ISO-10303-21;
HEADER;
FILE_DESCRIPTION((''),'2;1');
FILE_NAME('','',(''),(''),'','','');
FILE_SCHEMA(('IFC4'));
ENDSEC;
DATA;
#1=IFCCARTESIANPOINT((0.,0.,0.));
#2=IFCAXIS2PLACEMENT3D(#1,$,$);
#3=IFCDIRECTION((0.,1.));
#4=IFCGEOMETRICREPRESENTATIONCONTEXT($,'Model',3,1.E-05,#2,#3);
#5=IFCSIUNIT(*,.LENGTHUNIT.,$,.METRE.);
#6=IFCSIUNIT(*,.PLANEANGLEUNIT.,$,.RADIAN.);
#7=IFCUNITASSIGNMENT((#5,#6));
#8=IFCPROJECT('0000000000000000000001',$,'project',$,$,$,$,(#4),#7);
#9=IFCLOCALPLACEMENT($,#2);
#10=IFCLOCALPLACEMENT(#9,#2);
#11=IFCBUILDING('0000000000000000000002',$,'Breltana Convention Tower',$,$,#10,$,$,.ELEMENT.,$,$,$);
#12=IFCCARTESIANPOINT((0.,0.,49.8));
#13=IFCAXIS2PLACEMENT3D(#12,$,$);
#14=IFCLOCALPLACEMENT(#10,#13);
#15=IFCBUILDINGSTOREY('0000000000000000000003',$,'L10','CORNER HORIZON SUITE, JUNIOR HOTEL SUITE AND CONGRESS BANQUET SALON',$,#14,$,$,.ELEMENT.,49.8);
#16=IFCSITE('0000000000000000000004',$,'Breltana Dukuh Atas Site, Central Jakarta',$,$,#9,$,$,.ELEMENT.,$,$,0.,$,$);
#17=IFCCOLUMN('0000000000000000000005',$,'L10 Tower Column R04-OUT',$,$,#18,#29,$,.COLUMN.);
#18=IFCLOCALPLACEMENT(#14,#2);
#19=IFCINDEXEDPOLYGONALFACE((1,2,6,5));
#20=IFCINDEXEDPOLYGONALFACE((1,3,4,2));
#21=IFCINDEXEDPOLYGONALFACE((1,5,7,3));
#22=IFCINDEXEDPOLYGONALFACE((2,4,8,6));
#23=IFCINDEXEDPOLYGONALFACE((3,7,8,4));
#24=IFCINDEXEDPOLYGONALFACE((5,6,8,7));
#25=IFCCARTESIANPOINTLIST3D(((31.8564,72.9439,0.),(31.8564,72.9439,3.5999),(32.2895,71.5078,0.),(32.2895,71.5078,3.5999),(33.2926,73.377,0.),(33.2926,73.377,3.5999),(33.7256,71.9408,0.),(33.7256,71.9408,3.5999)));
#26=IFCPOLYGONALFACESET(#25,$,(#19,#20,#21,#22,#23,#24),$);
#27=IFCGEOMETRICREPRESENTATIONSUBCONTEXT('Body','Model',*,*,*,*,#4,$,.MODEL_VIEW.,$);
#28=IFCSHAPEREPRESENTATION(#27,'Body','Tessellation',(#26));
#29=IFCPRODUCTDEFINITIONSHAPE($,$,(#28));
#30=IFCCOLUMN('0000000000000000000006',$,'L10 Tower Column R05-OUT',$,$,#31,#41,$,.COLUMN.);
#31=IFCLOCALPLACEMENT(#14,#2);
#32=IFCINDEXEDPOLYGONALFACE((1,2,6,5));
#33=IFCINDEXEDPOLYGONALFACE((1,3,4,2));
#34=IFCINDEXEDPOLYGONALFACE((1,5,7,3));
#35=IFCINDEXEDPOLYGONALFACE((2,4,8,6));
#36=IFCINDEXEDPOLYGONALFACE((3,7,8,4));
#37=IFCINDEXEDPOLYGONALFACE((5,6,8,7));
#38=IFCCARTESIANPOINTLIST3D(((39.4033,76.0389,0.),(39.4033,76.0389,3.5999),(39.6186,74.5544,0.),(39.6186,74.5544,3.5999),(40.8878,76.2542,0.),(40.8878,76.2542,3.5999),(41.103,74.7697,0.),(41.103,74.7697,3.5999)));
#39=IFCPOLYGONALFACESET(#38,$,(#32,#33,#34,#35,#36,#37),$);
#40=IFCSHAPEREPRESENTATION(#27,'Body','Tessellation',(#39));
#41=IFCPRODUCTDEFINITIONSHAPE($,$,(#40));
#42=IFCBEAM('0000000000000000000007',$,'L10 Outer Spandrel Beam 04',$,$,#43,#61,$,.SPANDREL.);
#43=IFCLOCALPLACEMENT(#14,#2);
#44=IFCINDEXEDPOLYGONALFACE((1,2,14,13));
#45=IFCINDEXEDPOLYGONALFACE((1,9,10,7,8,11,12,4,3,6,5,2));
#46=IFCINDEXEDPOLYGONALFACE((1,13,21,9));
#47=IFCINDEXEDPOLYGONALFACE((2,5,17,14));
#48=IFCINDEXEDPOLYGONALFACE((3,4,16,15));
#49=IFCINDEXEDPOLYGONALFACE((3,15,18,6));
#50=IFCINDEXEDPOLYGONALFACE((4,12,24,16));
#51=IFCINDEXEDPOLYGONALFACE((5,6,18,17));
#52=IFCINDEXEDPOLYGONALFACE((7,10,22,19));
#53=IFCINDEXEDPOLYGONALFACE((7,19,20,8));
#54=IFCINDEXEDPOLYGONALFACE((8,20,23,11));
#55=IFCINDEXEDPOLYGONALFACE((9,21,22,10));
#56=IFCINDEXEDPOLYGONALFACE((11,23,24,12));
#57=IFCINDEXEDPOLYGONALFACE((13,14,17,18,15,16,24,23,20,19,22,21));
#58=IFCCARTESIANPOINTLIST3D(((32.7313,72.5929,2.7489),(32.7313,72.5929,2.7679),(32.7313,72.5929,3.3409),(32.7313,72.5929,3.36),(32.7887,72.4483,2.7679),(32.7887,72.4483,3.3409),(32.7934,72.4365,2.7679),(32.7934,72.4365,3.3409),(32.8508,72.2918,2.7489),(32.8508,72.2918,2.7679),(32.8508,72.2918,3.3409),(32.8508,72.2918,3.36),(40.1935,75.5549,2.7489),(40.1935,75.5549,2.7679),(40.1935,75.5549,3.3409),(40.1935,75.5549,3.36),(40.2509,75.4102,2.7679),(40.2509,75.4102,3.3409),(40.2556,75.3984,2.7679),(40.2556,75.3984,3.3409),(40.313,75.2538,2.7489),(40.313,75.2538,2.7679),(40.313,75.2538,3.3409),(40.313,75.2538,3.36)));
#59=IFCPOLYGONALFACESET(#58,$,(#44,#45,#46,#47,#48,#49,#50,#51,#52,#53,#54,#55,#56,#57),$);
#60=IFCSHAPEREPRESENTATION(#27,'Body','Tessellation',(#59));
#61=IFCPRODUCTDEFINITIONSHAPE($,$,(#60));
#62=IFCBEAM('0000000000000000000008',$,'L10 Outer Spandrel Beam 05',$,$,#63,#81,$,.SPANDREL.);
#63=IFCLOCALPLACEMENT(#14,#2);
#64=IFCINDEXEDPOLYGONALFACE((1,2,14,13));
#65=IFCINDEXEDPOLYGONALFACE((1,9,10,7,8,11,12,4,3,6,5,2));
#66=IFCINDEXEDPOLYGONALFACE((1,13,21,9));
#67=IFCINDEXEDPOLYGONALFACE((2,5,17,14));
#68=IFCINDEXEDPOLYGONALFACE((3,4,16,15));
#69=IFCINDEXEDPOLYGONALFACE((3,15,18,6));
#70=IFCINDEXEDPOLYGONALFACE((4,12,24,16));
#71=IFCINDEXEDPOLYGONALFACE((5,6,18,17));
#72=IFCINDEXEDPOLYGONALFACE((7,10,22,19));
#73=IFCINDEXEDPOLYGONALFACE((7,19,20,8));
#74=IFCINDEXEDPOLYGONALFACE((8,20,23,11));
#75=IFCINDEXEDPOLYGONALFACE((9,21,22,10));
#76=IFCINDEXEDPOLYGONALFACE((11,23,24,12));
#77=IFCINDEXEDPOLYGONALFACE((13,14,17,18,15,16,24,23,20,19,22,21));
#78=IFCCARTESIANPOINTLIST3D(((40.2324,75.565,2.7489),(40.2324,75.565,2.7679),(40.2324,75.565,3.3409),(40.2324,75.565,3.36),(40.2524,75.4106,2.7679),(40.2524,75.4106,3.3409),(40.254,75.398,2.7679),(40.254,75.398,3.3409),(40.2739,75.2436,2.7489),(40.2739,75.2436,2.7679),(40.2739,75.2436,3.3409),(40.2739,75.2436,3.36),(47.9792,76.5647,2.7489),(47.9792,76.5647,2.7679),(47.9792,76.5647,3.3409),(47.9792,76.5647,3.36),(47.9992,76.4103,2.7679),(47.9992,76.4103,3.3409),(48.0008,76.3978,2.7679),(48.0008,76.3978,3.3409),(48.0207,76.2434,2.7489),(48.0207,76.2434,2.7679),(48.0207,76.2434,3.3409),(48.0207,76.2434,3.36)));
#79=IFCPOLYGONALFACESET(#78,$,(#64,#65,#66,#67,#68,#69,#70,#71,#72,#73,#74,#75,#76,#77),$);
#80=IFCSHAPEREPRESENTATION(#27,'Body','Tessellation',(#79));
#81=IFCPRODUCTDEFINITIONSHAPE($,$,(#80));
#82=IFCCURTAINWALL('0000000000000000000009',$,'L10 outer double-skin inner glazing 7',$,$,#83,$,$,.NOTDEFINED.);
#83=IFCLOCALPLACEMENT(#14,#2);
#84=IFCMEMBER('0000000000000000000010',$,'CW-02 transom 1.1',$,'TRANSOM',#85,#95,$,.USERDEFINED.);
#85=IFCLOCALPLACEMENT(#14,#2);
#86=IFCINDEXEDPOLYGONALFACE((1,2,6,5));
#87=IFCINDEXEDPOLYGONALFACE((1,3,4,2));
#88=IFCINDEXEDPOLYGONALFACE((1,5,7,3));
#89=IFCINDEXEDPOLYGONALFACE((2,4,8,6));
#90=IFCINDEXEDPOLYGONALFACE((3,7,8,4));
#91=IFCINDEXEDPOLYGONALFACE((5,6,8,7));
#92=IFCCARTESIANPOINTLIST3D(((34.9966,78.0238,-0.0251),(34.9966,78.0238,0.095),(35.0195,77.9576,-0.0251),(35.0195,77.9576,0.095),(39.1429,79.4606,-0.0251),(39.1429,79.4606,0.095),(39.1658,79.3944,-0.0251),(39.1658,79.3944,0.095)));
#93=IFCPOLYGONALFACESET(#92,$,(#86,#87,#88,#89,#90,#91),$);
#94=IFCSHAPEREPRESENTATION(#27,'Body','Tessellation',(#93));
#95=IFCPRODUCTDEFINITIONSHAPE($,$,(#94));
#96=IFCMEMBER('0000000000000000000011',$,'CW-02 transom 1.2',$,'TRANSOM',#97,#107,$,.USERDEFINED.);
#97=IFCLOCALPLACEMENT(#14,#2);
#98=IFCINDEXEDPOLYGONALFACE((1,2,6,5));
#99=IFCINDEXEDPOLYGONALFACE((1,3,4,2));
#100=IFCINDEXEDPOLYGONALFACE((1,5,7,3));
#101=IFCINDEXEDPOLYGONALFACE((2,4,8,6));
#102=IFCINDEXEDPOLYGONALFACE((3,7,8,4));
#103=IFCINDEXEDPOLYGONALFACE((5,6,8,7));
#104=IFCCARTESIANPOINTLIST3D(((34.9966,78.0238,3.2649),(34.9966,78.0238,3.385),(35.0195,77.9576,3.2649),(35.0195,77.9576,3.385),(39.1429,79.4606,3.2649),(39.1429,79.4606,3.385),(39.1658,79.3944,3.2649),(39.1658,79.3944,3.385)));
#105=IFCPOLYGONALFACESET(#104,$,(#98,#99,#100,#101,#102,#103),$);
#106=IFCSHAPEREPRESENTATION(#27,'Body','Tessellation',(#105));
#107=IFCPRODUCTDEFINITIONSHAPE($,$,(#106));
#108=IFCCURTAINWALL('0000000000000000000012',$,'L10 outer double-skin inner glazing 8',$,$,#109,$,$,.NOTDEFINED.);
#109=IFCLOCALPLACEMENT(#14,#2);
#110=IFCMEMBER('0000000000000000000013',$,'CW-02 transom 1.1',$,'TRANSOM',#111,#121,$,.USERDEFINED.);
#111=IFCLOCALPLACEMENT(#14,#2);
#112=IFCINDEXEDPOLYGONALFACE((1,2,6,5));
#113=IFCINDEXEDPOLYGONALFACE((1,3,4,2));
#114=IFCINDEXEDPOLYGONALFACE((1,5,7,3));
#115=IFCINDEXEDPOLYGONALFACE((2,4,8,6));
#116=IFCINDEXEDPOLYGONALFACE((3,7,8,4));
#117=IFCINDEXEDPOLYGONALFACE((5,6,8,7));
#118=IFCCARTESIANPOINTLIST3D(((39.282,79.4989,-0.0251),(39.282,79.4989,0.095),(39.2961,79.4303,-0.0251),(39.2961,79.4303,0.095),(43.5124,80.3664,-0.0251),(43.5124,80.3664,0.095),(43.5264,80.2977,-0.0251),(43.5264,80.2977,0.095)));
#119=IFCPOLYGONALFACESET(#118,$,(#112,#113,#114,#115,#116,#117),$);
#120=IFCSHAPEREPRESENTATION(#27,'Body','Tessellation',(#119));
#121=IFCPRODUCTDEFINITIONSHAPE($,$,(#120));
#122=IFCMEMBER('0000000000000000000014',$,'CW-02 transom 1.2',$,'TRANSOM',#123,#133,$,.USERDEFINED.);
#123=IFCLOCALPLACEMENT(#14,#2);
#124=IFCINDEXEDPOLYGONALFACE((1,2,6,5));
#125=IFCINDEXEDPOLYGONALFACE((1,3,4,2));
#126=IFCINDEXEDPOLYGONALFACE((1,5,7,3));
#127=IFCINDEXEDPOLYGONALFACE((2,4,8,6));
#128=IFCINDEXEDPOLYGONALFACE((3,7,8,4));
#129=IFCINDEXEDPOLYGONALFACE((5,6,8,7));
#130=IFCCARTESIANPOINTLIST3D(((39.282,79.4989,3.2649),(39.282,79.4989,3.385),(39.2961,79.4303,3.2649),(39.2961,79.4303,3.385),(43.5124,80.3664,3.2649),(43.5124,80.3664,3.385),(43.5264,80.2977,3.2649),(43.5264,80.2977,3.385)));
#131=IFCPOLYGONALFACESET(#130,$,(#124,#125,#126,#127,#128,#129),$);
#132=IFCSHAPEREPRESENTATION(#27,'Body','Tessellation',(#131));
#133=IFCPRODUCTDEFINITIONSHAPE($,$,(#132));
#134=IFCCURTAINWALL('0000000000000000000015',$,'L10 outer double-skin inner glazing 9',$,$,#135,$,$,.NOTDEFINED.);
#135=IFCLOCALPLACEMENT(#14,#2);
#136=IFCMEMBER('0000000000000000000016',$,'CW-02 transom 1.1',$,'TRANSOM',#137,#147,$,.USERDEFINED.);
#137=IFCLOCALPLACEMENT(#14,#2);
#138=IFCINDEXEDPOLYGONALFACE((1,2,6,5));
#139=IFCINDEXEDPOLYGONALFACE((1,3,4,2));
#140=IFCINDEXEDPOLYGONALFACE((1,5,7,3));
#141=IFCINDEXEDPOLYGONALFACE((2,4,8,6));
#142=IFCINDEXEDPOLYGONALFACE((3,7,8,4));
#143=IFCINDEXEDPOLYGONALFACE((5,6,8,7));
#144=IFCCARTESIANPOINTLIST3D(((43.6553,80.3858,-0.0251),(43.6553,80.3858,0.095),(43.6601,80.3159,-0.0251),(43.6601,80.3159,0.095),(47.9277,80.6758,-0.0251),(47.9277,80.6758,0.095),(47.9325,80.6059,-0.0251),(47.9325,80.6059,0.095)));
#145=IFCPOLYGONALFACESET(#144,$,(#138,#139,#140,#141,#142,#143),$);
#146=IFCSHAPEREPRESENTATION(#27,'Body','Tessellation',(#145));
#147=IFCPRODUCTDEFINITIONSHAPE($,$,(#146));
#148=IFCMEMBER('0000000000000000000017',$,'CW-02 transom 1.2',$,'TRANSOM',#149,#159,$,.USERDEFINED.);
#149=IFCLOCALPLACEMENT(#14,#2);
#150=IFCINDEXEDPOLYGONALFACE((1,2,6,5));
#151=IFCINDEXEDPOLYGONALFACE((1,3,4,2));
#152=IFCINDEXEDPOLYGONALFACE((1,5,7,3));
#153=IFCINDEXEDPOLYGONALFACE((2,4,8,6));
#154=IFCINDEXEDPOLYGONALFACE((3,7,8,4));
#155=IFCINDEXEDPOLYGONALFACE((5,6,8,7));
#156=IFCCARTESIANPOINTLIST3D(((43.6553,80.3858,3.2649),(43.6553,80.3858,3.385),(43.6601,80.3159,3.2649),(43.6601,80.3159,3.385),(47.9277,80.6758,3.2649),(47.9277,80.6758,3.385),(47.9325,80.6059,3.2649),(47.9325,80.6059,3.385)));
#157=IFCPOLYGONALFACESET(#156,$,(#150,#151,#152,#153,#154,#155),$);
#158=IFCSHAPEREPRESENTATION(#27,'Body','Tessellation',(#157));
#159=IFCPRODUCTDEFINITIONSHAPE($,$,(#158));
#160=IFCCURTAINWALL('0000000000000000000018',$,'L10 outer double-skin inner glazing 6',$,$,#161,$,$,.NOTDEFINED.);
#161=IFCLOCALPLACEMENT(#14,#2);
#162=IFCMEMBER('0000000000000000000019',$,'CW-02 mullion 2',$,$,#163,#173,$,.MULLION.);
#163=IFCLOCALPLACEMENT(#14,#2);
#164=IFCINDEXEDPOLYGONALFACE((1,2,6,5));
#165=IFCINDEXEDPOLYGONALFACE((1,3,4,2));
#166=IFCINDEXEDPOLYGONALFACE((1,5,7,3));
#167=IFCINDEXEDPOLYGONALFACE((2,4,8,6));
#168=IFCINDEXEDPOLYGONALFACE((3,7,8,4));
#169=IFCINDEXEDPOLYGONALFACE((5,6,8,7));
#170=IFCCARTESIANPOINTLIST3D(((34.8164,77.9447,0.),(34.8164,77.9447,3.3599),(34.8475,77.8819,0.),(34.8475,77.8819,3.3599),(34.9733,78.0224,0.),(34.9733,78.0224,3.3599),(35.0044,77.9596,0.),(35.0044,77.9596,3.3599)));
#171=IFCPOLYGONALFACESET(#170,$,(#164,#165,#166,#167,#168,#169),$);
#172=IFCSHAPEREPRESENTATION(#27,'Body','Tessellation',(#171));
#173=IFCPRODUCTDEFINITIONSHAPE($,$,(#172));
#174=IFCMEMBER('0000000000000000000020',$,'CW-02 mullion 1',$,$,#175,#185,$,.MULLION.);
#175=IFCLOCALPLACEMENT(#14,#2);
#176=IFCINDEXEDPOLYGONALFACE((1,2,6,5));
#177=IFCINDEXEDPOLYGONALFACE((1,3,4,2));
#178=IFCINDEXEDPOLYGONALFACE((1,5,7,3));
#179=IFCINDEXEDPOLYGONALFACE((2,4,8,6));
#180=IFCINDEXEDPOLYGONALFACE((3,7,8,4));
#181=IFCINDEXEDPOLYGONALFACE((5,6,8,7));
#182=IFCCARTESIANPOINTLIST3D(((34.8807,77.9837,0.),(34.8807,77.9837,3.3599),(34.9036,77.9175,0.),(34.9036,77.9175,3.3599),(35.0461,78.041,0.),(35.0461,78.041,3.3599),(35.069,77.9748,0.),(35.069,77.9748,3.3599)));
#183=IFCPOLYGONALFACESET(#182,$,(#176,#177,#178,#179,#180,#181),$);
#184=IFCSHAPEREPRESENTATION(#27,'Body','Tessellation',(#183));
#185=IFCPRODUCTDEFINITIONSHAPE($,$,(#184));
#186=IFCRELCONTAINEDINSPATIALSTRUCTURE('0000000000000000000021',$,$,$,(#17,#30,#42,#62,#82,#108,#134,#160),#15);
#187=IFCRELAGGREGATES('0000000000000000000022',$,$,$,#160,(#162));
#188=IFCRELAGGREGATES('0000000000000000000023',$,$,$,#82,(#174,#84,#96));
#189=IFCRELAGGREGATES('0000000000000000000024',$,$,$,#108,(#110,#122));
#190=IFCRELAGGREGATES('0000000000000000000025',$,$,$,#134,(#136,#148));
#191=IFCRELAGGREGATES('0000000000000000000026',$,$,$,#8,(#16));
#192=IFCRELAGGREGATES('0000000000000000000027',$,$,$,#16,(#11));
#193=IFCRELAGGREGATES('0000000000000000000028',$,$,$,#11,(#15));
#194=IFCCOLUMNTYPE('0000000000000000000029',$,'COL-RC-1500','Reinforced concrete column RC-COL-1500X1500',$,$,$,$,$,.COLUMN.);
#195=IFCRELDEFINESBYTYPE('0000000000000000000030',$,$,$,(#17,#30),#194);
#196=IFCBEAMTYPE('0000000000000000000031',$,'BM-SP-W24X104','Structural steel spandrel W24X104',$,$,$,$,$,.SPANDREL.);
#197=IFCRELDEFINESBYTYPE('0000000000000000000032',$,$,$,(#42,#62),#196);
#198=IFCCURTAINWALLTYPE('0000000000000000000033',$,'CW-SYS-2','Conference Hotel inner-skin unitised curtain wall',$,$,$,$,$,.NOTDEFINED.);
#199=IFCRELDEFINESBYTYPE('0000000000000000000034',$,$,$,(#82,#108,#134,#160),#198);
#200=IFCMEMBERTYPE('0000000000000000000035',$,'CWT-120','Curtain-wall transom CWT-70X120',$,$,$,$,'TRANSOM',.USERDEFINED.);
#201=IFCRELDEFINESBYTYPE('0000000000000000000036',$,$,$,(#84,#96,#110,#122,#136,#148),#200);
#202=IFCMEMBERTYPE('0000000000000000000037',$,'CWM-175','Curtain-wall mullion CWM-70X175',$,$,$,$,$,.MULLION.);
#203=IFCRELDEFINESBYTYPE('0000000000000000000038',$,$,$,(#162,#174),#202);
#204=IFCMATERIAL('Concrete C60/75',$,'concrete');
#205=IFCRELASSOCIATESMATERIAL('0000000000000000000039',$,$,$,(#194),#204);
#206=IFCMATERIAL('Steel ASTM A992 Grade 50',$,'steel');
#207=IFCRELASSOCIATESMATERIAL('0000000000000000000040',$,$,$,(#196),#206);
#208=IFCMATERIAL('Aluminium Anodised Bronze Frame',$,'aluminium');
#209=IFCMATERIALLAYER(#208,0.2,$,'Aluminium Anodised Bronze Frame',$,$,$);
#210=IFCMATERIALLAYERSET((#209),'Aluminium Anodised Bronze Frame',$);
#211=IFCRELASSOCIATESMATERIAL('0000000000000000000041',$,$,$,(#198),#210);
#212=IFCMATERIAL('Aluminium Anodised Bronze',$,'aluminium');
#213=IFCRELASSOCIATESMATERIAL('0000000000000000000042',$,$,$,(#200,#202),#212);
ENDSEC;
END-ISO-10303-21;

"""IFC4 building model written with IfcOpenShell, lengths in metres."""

from ifc_helpers import new_model, si_unit, direction, frame, origin, origin_2d, place, context, subcontext, project, spatial, rectangle, i_section, extrude, source, transform, mapped, material, layer, layer_set, material_profile, profile_set, type_object, element, aggregate, save


model = new_model("IFC4")

# Units and contexts
model_context = context("Model", 3, precision=1e-05, world=origin(), true_north=direction((0.0, 1.0)))
body_context = subcontext(model_context, "Body", "Model", "MODEL_VIEW")
ifc_project = project(units=[si_unit("LENGTHUNIT", "METRE"), si_unit("PLANEANGLEUNIT", "RADIAN")], contexts=[model_context])

# Site, building, storey
site_placement = place(None, origin())
site = spatial("IfcSite", under=ifc_project, at=site_placement, Name="Breltana Dukuh Atas Site, Central Jakarta", CompositionType="ELEMENT", RefElevation=0.0)
building_placement = place(site_placement, origin())
building = spatial("IfcBuilding", under=site, at=building_placement, Name="Breltana Convention Tower", CompositionType="ELEMENT")
storey_placement = place(building_placement, frame((0.0, 0.0, 49.8)))
storey = spatial("IfcBuildingStorey", under=building, at=storey_placement, Name="L10", Description="CORNER HORIZON SUITE, JUNIOR HOTEL SUITE AND CONGRESS BANQUET SALON", CompositionType="ELEMENT", Elevation=49.8)

# Columns
ifc_material_1 = material(Name="Concrete C60/75", Category="concrete")
ifc_material_profile_1 = material_profile(ifc_material_1, rectangle(XDim=1.5, YDim=1.5, at=origin_2d()), Name="RC-COL-1500X1500")
ifc_profile_set_1 = profile_set([ifc_material_profile_1], Name="Concrete C60/75")
column_type = type_object("IfcColumnType", Name="COL-RC-1500", Description="Reinforced concrete column RC-COL-1500X1500", PredefinedType="COLUMN", material=ifc_profile_set_1)
shared_shape_1 = source(origin(), body_context, "Body", "SweptSolid", [
    extrude(rectangle(XDim=1.5, YDim=1.5, at=origin_2d()), origin(), (0.0, 0.0, 1.0), 3.5999),
])
for number, where, z_axis, x_axis, name in (
    (1, (32.791, 72.4424, 0.0), (0.0, 0.0, 1.0), (-0.288698, 0.95742, 0.0), "L10 Tower Column R04-OUT"),
    (2, (40.2532, 75.4043, 0.0), (0.0, 0.0, 1.0), (-0.143493, 0.989651, 0.0), "L10 Tower Column R05-OUT"),
):
    element("IfcColumn", number, at=place(storey_placement, frame(where, z_axis=z_axis, x_axis=x_axis)), inside=storey, type_object=column_type, Name=name, PredefinedType="COLUMN", context=body_context, shape_type="MappedRepresentation", body=[
        mapped(shared_shape_1, transform((0.0, 0.0, 0.0), scale=1.0)),
    ])

# Beams
ifc_material_2 = material(Name="Steel ASTM A992 Grade 50", Category="steel")
ifc_material_profile_2 = material_profile(ifc_material_2, i_section(OverallWidth=0.324, OverallDepth=0.6111, WebThickness=0.0127, FlangeThickness=0.019, at=origin_2d()), Name="W24X104")
ifc_profile_set_2 = profile_set([ifc_material_profile_2], Name="Steel ASTM A992 Grade 50")
beam_type = type_object("IfcBeamType", Name="BM-SP-W24X104", Description="Structural steel spandrel W24X104", PredefinedType="SPANDREL", material=ifc_profile_set_2)
shared_shape_2 = source(origin(), body_context, "Body", "SweptSolid", [
    extrude(i_section(OverallWidth=0.324, OverallDepth=0.6111, WebThickness=0.0127, FlangeThickness=0.019, at=origin_2d()), origin(), (0.0, 0.0, 1.0), 8.0286),
])
beam_1_placement = place(storey_placement, frame((32.791, 72.4424, 3.0544), z_axis=(0.929459, 0.368925, 0.0), x_axis=(-0.368925, 0.929459, 0.0)))
element("IfcBeam", 3, at=beam_1_placement, inside=storey, type_object=beam_type, Name="L10 Outer Spandrel Beam 04", PredefinedType="SPANDREL", context=body_context, shape_type="MappedRepresentation", body=[
    mapped(shared_shape_2, transform((0.0, 0.0, 0.0), scale=1.0)),
])
shared_shape_3 = source(origin(), body_context, "Body", "SweptSolid", [
    extrude(i_section(OverallWidth=0.324, OverallDepth=0.6111, WebThickness=0.0127, FlangeThickness=0.019, at=origin_2d()), origin(), (0.0, 0.0, 1.0), 7.811),
])
beam_2_placement = place(storey_placement, frame((40.2532, 75.4043, 3.0544), z_axis=(0.991775, 0.127992, 0.0), x_axis=(-0.127992, 0.991775, 0.0)))
element("IfcBeam", 4, at=beam_2_placement, inside=storey, type_object=beam_type, Name="L10 Outer Spandrel Beam 05", PredefinedType="SPANDREL", context=body_context, shape_type="MappedRepresentation", body=[
    mapped(shared_shape_3, transform((0.0, 0.0, 0.0), scale=1.0)),
])

# Curtain walls, members
ifc_material_3 = material(Name="Aluminium Anodised Bronze Frame", Category="aluminium")
ifc_layer_1 = layer(ifc_material_3, 0.2, Name="Aluminium Anodised Bronze Frame")
ifc_layer_set_1 = layer_set([ifc_layer_1], Name="Aluminium Anodised Bronze Frame")
curtain_wall_type = type_object("IfcCurtainWallType", Name="CW-SYS-2", Description="Conference Hotel inner-skin unitised curtain wall", PredefinedType="NOTDEFINED", material=ifc_layer_set_1)
curtain_wall_1_placement = place(storey_placement, origin())
curtain_wall_1 = element("IfcCurtainWall", 5, at=curtain_wall_1_placement, inside=storey, type_object=curtain_wall_type, Name="L10 outer double-skin inner glazing 7", PredefinedType="NOTDEFINED")
ifc_material_4 = material(Name="Aluminium Anodised Bronze", Category="aluminium")
ifc_material_profile_3 = material_profile(ifc_material_4, rectangle(XDim=0.0701, YDim=0.1201, at=origin_2d()), Name="CWT-70X120")
ifc_profile_set_3 = profile_set([ifc_material_profile_3], Name="Aluminium Anodised Bronze")
member_type_1 = type_object("IfcMemberType", Name="CWT-120", Description="Curtain-wall transom CWT-70X120", ElementType="TRANSOM", PredefinedType="USERDEFINED", material=ifc_profile_set_3)
shared_shape_4 = source(origin(), body_context, "Body", "SweptSolid", [
    extrude(rectangle(XDim=0.0701, YDim=0.1201, at=origin_2d()), origin(), (0.0, 0.0, 1.0), 4.3882),
])
member_1_placement = place(storey_placement, frame((35.0081, 77.9907, 0.0349), z_axis=(0.944878, 0.327422, 0.0), x_axis=(-0.327422, 0.944878, 0.0)))
member_1 = element("IfcMember", 6, at=member_1_placement, type_object=member_type_1, Name="CW-02 transom 1.1", ObjectType="TRANSOM", PredefinedType="USERDEFINED", context=body_context, shape_type="MappedRepresentation", body=[
    mapped(shared_shape_4, transform((0.0, 0.0, 0.0), scale=1.0)),
])
member_2_placement = place(storey_placement, frame((35.0081, 77.9907, 3.325), z_axis=(0.944878, 0.327422, 0.0), x_axis=(-0.327422, 0.944878, 0.0)))
member_2 = element("IfcMember", 7, at=member_2_placement, type_object=member_type_1, Name="CW-02 transom 1.2", ObjectType="TRANSOM", PredefinedType="USERDEFINED", context=body_context, shape_type="MappedRepresentation", body=[
    mapped(shared_shape_4, transform((0.0, 0.0, 0.0), scale=1.0)),
])
curtain_wall_2_placement = place(storey_placement, origin())
curtain_wall_2 = element("IfcCurtainWall", 8, at=curtain_wall_2_placement, inside=storey, type_object=curtain_wall_type, Name="L10 outer double-skin inner glazing 8", PredefinedType="NOTDEFINED")
shared_shape_5 = source(origin(), body_context, "Body", "SweptSolid", [
    extrude(rectangle(XDim=0.0701, YDim=0.1201, at=origin_2d()), origin(), (0.0, 0.0, 1.0), 4.3184),
])
member_3_placement = place(storey_placement, frame((39.2891, 79.4646, 0.0349), z_axis=(0.979617, 0.200876, 0.0), x_axis=(-0.200876, 0.979617, 0.0)))
member_3 = element("IfcMember", 9, at=member_3_placement, type_object=member_type_1, Name="CW-02 transom 1.1", ObjectType="TRANSOM", PredefinedType="USERDEFINED", context=body_context, shape_type="MappedRepresentation", body=[
    mapped(shared_shape_5, transform((0.0, 0.0, 0.0), scale=1.0)),
])
member_4_placement = place(storey_placement, frame((39.2891, 79.4646, 3.325), z_axis=(0.979617, 0.200876, 0.0), x_axis=(-0.200876, 0.979617, 0.0)))
member_4 = element("IfcMember", 10, at=member_4_placement, type_object=member_type_1, Name="CW-02 transom 1.2", ObjectType="TRANSOM", PredefinedType="USERDEFINED", context=body_context, shape_type="MappedRepresentation", body=[
    mapped(shared_shape_5, transform((0.0, 0.0, 0.0), scale=1.0)),
])
curtain_wall_3_placement = place(storey_placement, origin())
curtain_wall_3 = element("IfcCurtainWall", 11, at=curtain_wall_3_placement, inside=storey, type_object=curtain_wall_type, Name="L10 outer double-skin inner glazing 9", PredefinedType="NOTDEFINED")
shared_shape_6 = source(origin(), body_context, "Body", "SweptSolid", [
    extrude(rectangle(XDim=0.0701, YDim=0.1201, at=origin_2d()), origin(), (0.0, 0.0, 1.0), 4.2822),
])
member_5_placement = place(storey_placement, frame((43.6577, 80.3508, 0.0349), z_axis=(0.997704, 0.06773, 0.0), x_axis=(-0.06773, 0.997704, 0.0)))
member_5 = element("IfcMember", 12, at=member_5_placement, type_object=member_type_1, Name="CW-02 transom 1.1", ObjectType="TRANSOM", PredefinedType="USERDEFINED", context=body_context, shape_type="MappedRepresentation", body=[
    mapped(shared_shape_6, transform((0.0, 0.0, 0.0), scale=1.0)),
])
member_6_placement = place(storey_placement, frame((43.6577, 80.3508, 3.325), z_axis=(0.997704, 0.06773, 0.0), x_axis=(-0.06773, 0.997704, 0.0)))
member_6 = element("IfcMember", 13, at=member_6_placement, type_object=member_type_1, Name="CW-02 transom 1.2", ObjectType="TRANSOM", PredefinedType="USERDEFINED", context=body_context, shape_type="MappedRepresentation", body=[
    mapped(shared_shape_6, transform((0.0, 0.0, 0.0), scale=1.0)),
])

# Curtain wall, member
curtain_wall_4_placement = place(storey_placement, origin())
curtain_wall_4 = element("IfcCurtainWall", 14, at=curtain_wall_4_placement, inside=storey, type_object=curtain_wall_type, Name="L10 outer double-skin inner glazing 6", PredefinedType="NOTDEFINED")
ifc_material_profile_4 = material_profile(ifc_material_4, rectangle(XDim=0.0701, YDim=0.175, at=origin_2d()), Name="CWM-70X175")
ifc_profile_set_4 = profile_set([ifc_material_profile_4], Name="Aluminium Anodised Bronze")
member_type_2 = type_object("IfcMemberType", Name="CWM-175", Description="Curtain-wall mullion CWM-70X175", PredefinedType="MULLION", material=ifc_profile_set_4)
shared_shape_7 = source(origin(), body_context, "Body", "SweptSolid", [
    extrude(rectangle(XDim=0.0701, YDim=0.175, at=origin_2d()), origin(), (0.0, 0.0, 1.0), 3.3599),
])
member_7_placement = place(storey_placement, frame((34.9104, 77.9521, 0.0), z_axis=(0.0, 0.0, 1.0), x_axis=(-0.444108, 0.895973, 0.0)))
member_7 = element("IfcMember", 15, at=member_7_placement, type_object=member_type_2, Name="CW-02 mullion 2", PredefinedType="MULLION", context=body_context, shape_type="MappedRepresentation", body=[
    mapped(shared_shape_7, transform((0.0, 0.0, 0.0), scale=1.0)),
])

# Member
member_8_placement = place(storey_placement, frame((34.9749, 77.9792, 0.0), z_axis=(0.0, 0.0, 1.0), x_axis=(-0.327428, 0.944876, 0.0)))
member_8 = element("IfcMember", 16, at=member_8_placement, type_object=member_type_2, Name="CW-02 mullion 1", PredefinedType="MULLION", context=body_context, shape_type="MappedRepresentation", body=[
    mapped(shared_shape_7, transform((0.0, 0.0, 0.0), scale=1.0)),
])

aggregate(curtain_wall_4, [member_7])
aggregate(curtain_wall_1, [member_8, member_1, member_2])
aggregate(curtain_wall_2, [member_3, member_4])
aggregate(curtain_wall_3, [member_5, member_6])

save(model, "model.ifc")
